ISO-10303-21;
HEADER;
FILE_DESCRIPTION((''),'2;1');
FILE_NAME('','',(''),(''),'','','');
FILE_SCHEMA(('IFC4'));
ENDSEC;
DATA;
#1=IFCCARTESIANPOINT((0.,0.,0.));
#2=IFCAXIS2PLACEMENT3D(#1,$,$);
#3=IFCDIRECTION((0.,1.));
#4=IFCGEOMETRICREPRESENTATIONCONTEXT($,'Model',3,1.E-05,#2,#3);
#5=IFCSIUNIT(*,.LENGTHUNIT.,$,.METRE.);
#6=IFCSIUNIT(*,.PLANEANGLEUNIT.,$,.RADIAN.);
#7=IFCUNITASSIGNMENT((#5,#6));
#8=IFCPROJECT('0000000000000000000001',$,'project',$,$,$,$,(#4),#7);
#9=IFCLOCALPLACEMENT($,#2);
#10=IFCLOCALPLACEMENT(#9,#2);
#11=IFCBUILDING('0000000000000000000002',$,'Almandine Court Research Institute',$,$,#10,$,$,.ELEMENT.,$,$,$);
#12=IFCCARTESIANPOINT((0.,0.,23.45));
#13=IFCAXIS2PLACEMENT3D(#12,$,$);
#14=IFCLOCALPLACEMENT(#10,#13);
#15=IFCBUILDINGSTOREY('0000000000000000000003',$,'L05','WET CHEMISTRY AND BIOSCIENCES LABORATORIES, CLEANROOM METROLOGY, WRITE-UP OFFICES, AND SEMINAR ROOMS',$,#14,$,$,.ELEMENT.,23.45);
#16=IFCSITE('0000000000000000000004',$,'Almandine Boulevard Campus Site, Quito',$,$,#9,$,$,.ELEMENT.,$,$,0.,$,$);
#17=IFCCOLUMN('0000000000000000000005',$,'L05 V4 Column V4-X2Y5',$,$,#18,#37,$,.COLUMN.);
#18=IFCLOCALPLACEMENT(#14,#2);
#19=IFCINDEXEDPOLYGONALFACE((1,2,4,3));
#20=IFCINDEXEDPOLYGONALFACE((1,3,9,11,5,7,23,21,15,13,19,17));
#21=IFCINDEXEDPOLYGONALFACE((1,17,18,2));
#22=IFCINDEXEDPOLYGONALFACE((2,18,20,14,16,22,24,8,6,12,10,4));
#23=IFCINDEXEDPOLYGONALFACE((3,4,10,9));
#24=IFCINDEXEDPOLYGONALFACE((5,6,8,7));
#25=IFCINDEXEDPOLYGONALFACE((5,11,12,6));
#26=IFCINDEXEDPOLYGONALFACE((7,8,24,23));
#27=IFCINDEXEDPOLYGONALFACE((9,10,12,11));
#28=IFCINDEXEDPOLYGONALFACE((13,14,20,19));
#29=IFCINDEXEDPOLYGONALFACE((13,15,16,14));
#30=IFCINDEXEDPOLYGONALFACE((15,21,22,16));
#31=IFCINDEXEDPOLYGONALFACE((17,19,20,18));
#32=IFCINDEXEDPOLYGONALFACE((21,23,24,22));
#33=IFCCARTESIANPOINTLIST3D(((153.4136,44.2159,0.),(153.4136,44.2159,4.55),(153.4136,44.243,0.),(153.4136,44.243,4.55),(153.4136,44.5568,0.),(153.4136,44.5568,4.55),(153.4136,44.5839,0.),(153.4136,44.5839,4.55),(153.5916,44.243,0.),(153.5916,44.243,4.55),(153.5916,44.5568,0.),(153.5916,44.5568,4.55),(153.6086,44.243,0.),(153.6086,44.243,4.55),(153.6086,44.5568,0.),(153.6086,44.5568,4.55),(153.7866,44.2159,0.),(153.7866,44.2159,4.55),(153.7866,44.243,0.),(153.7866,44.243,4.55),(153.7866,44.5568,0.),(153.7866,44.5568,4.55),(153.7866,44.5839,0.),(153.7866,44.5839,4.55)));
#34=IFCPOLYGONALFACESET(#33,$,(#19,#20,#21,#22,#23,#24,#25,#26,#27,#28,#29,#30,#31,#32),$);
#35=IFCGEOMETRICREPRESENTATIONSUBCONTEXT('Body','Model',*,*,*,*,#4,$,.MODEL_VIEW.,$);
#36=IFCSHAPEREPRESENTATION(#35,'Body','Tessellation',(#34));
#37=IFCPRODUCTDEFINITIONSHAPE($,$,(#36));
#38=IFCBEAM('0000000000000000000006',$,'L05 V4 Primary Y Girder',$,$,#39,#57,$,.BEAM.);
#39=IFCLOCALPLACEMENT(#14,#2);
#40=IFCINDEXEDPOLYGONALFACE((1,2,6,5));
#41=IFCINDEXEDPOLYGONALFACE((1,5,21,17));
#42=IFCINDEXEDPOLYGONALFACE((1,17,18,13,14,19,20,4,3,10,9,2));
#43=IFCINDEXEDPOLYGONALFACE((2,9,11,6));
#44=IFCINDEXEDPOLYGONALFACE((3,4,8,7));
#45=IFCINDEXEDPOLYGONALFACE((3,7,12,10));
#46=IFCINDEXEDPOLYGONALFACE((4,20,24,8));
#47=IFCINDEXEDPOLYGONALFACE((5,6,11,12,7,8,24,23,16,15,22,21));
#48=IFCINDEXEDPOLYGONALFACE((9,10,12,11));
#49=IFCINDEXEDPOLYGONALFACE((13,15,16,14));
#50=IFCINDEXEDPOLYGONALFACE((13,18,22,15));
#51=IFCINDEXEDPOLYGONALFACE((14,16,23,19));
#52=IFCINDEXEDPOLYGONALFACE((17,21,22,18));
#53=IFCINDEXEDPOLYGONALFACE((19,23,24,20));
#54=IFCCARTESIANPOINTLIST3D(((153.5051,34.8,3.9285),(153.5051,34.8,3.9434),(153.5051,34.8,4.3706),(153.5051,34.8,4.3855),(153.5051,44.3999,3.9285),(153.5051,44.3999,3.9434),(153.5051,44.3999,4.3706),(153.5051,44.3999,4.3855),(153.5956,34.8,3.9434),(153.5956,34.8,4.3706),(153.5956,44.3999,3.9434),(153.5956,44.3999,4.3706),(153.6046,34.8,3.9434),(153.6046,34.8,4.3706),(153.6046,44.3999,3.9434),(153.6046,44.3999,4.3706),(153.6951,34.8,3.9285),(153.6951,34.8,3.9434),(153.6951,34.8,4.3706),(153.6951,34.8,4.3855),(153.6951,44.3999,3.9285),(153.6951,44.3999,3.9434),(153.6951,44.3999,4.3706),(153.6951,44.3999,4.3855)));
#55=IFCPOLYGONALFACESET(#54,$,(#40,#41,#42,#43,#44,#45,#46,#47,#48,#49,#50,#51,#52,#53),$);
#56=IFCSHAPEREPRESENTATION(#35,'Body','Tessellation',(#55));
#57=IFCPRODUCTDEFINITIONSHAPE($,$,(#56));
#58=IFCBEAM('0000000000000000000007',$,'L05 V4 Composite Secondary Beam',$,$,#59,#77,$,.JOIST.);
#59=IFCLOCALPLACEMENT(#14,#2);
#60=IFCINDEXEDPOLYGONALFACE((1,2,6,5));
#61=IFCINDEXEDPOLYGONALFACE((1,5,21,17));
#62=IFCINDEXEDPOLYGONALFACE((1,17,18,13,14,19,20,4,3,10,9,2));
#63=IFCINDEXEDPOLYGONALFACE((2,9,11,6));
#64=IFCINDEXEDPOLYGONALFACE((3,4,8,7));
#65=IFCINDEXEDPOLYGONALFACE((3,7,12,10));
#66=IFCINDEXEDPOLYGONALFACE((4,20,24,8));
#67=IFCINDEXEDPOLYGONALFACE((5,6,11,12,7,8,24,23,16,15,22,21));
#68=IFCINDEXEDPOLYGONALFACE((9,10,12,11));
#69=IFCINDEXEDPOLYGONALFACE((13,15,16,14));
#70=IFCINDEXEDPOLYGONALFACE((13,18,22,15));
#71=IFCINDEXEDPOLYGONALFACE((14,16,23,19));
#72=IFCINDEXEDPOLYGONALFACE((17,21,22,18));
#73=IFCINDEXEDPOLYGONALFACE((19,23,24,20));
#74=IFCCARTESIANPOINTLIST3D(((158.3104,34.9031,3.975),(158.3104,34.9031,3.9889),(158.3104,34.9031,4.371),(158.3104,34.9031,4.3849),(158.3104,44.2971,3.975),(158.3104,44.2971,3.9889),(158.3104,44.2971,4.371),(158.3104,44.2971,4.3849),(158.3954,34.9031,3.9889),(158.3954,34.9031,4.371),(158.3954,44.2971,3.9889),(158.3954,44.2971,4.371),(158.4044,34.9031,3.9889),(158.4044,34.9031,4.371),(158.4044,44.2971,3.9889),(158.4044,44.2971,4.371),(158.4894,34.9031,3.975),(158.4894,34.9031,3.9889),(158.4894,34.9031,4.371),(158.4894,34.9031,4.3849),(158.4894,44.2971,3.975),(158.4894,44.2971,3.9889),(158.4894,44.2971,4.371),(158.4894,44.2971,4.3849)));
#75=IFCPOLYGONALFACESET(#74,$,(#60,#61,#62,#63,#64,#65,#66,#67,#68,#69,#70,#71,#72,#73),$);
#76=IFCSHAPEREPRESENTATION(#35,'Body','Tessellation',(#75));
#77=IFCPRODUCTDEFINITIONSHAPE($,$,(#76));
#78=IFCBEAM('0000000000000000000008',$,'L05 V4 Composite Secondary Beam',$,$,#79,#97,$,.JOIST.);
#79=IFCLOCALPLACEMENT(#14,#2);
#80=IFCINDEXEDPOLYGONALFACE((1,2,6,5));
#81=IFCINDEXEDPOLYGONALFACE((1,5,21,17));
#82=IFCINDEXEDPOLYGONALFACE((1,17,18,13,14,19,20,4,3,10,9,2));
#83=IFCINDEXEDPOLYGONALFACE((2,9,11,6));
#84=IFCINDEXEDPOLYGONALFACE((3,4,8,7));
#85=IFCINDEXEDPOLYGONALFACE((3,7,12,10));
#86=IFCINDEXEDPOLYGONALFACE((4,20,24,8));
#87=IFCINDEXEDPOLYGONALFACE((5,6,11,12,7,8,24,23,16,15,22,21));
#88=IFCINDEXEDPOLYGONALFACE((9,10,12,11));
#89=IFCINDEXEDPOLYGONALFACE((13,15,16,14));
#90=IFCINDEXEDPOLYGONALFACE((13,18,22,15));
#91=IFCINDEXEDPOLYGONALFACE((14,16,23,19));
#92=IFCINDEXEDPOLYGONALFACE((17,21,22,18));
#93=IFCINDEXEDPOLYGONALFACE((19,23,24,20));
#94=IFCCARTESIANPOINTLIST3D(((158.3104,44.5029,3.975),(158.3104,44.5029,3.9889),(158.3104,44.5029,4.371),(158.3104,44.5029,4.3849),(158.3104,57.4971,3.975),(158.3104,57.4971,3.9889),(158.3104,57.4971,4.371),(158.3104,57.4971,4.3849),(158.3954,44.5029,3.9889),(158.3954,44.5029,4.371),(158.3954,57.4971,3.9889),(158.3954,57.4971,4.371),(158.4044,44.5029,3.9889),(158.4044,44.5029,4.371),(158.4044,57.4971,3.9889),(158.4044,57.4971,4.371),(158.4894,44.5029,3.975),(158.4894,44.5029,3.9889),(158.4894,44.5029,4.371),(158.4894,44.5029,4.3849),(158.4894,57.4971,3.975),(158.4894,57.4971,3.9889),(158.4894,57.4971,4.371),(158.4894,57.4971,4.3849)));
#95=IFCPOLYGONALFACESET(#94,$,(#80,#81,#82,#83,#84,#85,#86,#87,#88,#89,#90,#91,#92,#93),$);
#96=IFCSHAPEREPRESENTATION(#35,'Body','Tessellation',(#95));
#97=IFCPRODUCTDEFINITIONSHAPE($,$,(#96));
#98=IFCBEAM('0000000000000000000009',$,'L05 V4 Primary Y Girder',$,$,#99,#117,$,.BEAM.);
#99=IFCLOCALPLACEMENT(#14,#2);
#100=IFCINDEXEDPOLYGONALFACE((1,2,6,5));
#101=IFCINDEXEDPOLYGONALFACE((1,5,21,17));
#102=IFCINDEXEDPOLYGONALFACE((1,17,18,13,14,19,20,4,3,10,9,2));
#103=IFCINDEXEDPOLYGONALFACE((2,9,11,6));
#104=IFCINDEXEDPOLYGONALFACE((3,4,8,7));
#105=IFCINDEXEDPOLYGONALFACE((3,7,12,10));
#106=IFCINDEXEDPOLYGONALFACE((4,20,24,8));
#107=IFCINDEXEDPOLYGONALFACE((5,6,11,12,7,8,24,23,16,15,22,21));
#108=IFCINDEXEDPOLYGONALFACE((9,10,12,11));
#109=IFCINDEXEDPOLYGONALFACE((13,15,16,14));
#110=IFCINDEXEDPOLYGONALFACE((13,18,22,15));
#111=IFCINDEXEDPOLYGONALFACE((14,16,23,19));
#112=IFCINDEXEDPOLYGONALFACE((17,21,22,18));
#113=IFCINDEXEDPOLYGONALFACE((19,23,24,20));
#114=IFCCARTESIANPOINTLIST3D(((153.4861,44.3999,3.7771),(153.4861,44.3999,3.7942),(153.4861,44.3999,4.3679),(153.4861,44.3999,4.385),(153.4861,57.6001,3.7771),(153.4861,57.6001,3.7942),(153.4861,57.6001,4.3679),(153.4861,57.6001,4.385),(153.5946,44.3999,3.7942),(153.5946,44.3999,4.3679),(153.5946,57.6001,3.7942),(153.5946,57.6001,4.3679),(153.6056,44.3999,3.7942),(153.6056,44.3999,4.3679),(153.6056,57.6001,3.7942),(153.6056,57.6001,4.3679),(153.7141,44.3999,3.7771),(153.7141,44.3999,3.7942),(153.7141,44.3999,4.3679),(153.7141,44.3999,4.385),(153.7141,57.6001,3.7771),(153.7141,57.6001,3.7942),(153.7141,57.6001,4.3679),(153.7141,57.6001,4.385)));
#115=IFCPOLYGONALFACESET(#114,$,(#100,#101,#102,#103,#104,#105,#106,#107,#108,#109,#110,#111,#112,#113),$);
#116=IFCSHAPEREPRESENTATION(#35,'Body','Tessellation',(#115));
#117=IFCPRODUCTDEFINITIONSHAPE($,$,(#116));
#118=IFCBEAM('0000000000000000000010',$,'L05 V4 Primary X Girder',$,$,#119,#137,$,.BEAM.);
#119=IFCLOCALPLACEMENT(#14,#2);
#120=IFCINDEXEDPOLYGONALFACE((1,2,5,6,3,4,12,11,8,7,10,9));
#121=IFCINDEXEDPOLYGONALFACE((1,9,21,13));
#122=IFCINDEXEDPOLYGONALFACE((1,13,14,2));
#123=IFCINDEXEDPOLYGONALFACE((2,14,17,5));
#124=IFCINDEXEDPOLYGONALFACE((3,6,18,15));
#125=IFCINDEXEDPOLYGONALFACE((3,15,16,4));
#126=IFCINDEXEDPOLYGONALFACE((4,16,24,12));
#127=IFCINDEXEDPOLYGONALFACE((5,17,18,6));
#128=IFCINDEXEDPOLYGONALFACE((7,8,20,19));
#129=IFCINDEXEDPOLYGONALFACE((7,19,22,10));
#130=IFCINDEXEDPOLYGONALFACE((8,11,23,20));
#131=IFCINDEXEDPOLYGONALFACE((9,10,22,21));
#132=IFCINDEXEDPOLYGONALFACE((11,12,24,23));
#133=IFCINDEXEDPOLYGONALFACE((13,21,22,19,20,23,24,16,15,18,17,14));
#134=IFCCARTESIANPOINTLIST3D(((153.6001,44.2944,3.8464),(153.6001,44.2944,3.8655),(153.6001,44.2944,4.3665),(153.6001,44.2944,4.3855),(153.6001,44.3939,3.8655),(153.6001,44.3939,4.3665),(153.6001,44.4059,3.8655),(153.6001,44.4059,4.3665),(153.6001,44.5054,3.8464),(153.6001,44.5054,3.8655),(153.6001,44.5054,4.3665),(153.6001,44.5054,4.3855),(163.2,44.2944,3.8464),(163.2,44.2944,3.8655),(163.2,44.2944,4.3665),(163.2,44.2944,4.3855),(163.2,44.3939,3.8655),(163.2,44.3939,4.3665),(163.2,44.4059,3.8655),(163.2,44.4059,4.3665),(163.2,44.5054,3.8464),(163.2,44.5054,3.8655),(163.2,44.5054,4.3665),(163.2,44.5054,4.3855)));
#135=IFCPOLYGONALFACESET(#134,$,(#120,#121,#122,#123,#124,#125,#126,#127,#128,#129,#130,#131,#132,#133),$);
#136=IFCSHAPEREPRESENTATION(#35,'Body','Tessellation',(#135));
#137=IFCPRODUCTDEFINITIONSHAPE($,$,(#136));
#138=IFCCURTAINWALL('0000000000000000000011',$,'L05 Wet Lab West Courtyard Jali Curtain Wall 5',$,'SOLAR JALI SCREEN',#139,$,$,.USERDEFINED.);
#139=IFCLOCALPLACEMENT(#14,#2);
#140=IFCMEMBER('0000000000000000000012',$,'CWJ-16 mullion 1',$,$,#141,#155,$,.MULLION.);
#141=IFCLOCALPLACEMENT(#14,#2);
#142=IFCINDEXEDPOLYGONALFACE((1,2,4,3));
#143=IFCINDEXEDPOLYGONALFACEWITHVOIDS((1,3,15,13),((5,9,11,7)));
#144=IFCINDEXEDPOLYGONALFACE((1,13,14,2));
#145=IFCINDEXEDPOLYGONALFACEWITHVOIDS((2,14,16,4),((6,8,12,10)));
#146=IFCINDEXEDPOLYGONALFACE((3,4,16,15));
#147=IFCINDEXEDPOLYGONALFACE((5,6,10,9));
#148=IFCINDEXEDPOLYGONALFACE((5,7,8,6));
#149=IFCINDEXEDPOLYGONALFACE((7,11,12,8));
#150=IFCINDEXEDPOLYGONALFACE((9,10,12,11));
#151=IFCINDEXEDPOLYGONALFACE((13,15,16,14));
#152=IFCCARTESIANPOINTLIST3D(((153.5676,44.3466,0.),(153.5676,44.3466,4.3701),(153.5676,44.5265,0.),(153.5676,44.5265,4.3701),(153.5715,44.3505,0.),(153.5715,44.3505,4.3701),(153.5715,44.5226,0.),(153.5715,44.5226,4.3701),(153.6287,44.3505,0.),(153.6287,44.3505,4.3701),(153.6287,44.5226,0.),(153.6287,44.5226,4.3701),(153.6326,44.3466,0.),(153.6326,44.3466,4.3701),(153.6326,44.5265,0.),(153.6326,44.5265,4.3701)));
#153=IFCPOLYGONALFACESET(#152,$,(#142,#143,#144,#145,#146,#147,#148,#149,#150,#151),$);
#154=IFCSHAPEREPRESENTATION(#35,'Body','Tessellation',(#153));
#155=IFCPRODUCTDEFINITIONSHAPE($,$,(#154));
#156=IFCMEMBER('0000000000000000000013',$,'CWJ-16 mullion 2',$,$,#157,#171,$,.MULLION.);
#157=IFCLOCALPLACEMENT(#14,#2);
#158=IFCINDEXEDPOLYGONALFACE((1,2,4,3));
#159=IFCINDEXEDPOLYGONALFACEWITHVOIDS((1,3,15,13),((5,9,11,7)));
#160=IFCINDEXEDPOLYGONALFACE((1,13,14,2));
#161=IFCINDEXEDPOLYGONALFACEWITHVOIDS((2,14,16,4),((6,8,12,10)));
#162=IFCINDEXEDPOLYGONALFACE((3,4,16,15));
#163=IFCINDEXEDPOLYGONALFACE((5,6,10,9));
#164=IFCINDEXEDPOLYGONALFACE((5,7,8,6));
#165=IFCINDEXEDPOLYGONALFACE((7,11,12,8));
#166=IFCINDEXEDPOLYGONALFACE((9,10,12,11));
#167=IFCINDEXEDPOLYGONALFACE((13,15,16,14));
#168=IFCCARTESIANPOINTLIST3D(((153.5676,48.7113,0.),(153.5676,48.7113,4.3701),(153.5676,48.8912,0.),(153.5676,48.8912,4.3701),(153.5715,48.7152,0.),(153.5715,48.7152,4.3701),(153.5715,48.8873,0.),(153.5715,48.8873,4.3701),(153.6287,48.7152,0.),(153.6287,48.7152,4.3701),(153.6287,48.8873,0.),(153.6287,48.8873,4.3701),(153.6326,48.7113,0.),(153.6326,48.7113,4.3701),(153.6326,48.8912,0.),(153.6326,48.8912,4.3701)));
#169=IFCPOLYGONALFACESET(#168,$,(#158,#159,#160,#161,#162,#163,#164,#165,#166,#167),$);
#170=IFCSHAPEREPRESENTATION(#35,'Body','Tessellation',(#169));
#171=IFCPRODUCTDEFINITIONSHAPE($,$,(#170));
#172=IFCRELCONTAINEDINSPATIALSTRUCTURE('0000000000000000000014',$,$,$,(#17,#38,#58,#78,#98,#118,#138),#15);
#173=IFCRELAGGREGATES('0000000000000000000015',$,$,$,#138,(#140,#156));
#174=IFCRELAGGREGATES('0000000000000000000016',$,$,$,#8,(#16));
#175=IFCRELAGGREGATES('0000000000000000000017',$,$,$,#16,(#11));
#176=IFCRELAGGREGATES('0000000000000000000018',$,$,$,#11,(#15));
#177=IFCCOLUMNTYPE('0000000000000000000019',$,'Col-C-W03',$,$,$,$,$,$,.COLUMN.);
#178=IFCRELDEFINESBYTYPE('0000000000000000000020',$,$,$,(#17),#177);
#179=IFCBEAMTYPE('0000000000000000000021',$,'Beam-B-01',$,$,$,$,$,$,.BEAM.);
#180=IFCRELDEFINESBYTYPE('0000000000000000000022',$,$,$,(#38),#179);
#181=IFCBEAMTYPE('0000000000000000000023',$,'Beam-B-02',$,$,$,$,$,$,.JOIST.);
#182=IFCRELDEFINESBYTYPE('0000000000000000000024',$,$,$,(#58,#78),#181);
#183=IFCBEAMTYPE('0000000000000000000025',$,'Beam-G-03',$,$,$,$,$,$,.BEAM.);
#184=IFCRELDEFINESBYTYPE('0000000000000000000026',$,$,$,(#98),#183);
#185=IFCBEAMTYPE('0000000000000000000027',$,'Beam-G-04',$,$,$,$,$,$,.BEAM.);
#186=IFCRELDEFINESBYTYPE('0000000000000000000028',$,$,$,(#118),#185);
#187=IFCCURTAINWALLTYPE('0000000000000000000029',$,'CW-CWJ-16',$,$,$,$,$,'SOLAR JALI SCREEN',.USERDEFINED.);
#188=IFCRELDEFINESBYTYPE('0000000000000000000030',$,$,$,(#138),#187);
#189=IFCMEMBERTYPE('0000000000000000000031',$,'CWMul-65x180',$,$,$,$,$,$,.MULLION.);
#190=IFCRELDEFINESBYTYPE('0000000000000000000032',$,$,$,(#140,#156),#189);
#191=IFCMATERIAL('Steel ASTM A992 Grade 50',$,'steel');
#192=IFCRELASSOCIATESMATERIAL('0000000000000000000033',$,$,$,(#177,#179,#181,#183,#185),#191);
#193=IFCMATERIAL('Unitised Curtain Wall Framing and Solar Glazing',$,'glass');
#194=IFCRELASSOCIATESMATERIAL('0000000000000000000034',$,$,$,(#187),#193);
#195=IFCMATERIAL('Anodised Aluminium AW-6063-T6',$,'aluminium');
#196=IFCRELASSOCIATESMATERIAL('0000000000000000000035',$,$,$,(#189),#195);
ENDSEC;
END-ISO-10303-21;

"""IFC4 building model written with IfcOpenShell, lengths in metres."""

from ifc_helpers import new_model, si_unit, direction, frame, origin, origin_2d, place, context, subcontext, project, spatial, hollow_rectangle, i_section, extrude, material, material_profile, profile_set, type_object, element, aggregate, save


model = new_model("IFC4")

# Units and contexts
model_context = context("Model", 3, precision=1e-05, world=origin(), true_north=direction((0.0, 1.0)))
body_context = subcontext(model_context, "Body", "Model", "MODEL_VIEW")
ifc_project = project(units=[si_unit("LENGTHUNIT", "METRE"), si_unit("PLANEANGLEUNIT", "RADIAN")], contexts=[model_context])

# Site, building, storey
site_placement = place(None, origin())
site = spatial("IfcSite", under=ifc_project, at=site_placement, Name="Almandine Boulevard Campus Site, Quito", CompositionType="ELEMENT", RefElevation=0.0)
building_placement = place(site_placement, origin())
building = spatial("IfcBuilding", under=site, at=building_placement, Name="Almandine Court Research Institute", CompositionType="ELEMENT")
storey_placement = place(building_placement, frame((0.0, 0.0, 23.45)))
storey = spatial("IfcBuildingStorey", under=building, at=storey_placement, Name="L05", Description="WET CHEMISTRY AND BIOSCIENCES LABORATORIES, CLEANROOM METROLOGY, WRITE-UP OFFICES, AND SEMINAR ROOMS", CompositionType="ELEMENT", Elevation=23.45)

# Column
ifc_material_1 = material(Name="Steel ASTM A992 Grade 50", Category="steel")
ifc_material_profile_1 = material_profile(ifc_material_1, i_section(OverallWidth=0.373, OverallDepth=0.3679, WebThickness=0.0171, FlangeThickness=0.0271, at=origin_2d()), Name="W360x179")
ifc_profile_set_1 = profile_set([ifc_material_profile_1], Name="Steel ASTM A992 Grade 50")
column_type = type_object("IfcColumnType", Name="Col-C-W03", PredefinedType="COLUMN", material=ifc_profile_set_1)
column_placement = place(storey_placement, frame((153.6001, 44.3999, 0.0), z_axis=(0.0, 0.0, 1.0), x_axis=(1.0, 0.0, 0.0)))
element("IfcColumn", 1, at=column_placement, inside=storey, type_object=column_type, Name="L05 V4 Column V4-X2Y5", PredefinedType="COLUMN", context=body_context, shape_type="SweptSolid", body=[
    extrude(i_section(OverallWidth=0.373, OverallDepth=0.3679, WebThickness=0.0171, FlangeThickness=0.0271, at=origin_2d()), origin(), (0.0, 0.0, 1.0), 4.55),
])

# Beams
ifc_material_profile_2 = material_profile(ifc_material_1, i_section(OverallWidth=0.1899, OverallDepth=0.457, WebThickness=0.009, FlangeThickness=0.0149, at=origin_2d()), Name="W460x74")
ifc_profile_set_2 = profile_set([ifc_material_profile_2], Name="Steel ASTM A992 Grade 50")
beam_type_1 = type_object("IfcBeamType", Name="Beam-B-01", PredefinedType="BEAM", material=ifc_profile_set_2)
beam_1_placement = place(storey_placement, frame((153.6001, 34.8, 4.157), z_axis=(0.0, 1.0, 0.0), x_axis=(-1.0, 0.0, 0.0)))
element("IfcBeam", 2, at=beam_1_placement, inside=storey, type_object=beam_type_1, Name="L05 V4 Primary Y Girder", PredefinedType="BEAM", context=body_context, shape_type="SweptSolid", body=[
    extrude(i_section(OverallWidth=0.1899, OverallDepth=0.457, WebThickness=0.009, FlangeThickness=0.0149, at=origin_2d()), origin(), (0.0, 0.0, 1.0), 9.5999),
])
ifc_material_profile_3 = material_profile(ifc_material_1, i_section(OverallWidth=0.179, OverallDepth=0.4099, WebThickness=0.009, FlangeThickness=0.0139, at=origin_2d()), Name="W410x67")
ifc_profile_set_3 = profile_set([ifc_material_profile_3], Name="Steel ASTM A992 Grade 50")
beam_type_2 = type_object("IfcBeamType", Name="Beam-B-02", PredefinedType="JOIST", material=ifc_profile_set_3)
beam_2_placement = place(storey_placement, frame((158.3999, 34.9031, 4.1799), z_axis=(0.0, 1.0, 0.0), x_axis=(-1.0, 0.0, 0.0)))
element("IfcBeam", 3, at=beam_2_placement, inside=storey, type_object=beam_type_2, Name="L05 V4 Composite Secondary Beam", PredefinedType="JOIST", context=body_context, shape_type="SweptSolid", body=[
    extrude(i_section(OverallWidth=0.179, OverallDepth=0.4099, WebThickness=0.009, FlangeThickness=0.0139, at=origin_2d()), origin(), (0.0, 0.0, 1.0), 9.394),
])
beam_3_placement = place(storey_placement, frame((158.3999, 44.5029, 4.1799), z_axis=(0.0, 1.0, 0.0), x_axis=(-1.0, 0.0, 0.0)))
element("IfcBeam", 4, at=beam_3_placement, inside=storey, type_object=beam_type_2, Name="L05 V4 Composite Secondary Beam", PredefinedType="JOIST", context=body_context, shape_type="SweptSolid", body=[
    extrude(i_section(OverallWidth=0.179, OverallDepth=0.4099, WebThickness=0.009, FlangeThickness=0.0139, at=origin_2d()), origin(), (0.0, 0.0, 1.0), 12.9941),
])
ifc_material_profile_4 = material_profile(ifc_material_1, i_section(OverallWidth=0.228, OverallDepth=0.6079, WebThickness=0.011, FlangeThickness=0.0171, at=origin_2d()), Name="W610x113")
ifc_profile_set_4 = profile_set([ifc_material_profile_4], Name="Steel ASTM A992 Grade 50")
beam_type_3 = type_object("IfcBeamType", Name="Beam-G-03", PredefinedType="BEAM", material=ifc_profile_set_4)
beam_4_placement = place(storey_placement, frame((153.6001, 44.3999, 4.0811), z_axis=(0.0, 1.0, 0.0), x_axis=(-1.0, 0.0, 0.0)))
element("IfcBeam", 5, at=beam_4_placement, inside=storey, type_object=beam_type_3, Name="L05 V4 Primary Y Girder", PredefinedType="BEAM", context=body_context, shape_type="SweptSolid", body=[
    extrude(i_section(OverallWidth=0.228, OverallDepth=0.6079, WebThickness=0.011, FlangeThickness=0.0171, at=origin_2d()), origin(), (0.0, 0.0, 1.0), 13.2002),
])
ifc_material_profile_5 = material_profile(ifc_material_1, i_section(OverallWidth=0.2109, OverallDepth=0.5391, WebThickness=0.012, FlangeThickness=0.019, at=origin_2d()), Name="W530x109")
ifc_profile_set_5 = profile_set([ifc_material_profile_5], Name="Steel ASTM A992 Grade 50")
beam_type_4 = type_object("IfcBeamType", Name="Beam-G-04", PredefinedType="BEAM", material=ifc_profile_set_5)
beam_5_placement = place(storey_placement, frame((153.6001, 44.3999, 4.116), z_axis=(1.0, 0.0, 0.0), x_axis=(0.0, 1.0, 0.0)))
element("IfcBeam", 6, at=beam_5_placement, inside=storey, type_object=beam_type_4, Name="L05 V4 Primary X Girder", PredefinedType="BEAM", context=body_context, shape_type="SweptSolid", body=[
    extrude(i_section(OverallWidth=0.2109, OverallDepth=0.5391, WebThickness=0.012, FlangeThickness=0.019, at=origin_2d()), origin(), (0.0, 0.0, 1.0), 9.5999),
])

# Curtain wall, members
ifc_material_2 = material(Name="Unitised Curtain Wall Framing and Solar Glazing", Category="glass")
curtain_wall_type = type_object("IfcCurtainWallType", Name="CW-CWJ-16", ElementType="SOLAR JALI SCREEN", PredefinedType="USERDEFINED", material=ifc_material_2)
curtain_wall_placement = place(storey_placement, origin())
curtain_wall = element("IfcCurtainWall", 7, at=curtain_wall_placement, inside=storey, type_object=curtain_wall_type, Name="L05 Wet Lab West Courtyard Jali Curtain Wall 5", ObjectType="SOLAR JALI SCREEN", PredefinedType="USERDEFINED")
ifc_material_3 = material(Name="Anodised Aluminium AW-6063-T6", Category="aluminium")
ifc_material_profile_6 = material_profile(ifc_material_3, hollow_rectangle(XDim=0.0649, YDim=0.1799, WallThickness=0.0039, at=origin_2d()), Name="ALU RHS 65x180x4")
ifc_profile_set_6 = profile_set([ifc_material_profile_6], Name="Anodised Aluminium AW-6063-T6")
member_type_1 = type_object("IfcMemberType", Name="CWMul-65x180", PredefinedType="MULLION", material=ifc_profile_set_6)
member_1_placement = place(storey_placement, frame((153.6001, 44.4365, 0.0), z_axis=(0.0, 0.0, 1.0), x_axis=(-1.0, 0.0, 0.0)))
member_1 = element("IfcMember", 8, at=member_1_placement, type_object=member_type_1, Name="CWJ-16 mullion 1", PredefinedType="MULLION", context=body_context, shape_type="SweptSolid", body=[
    extrude(hollow_rectangle(XDim=0.0649, YDim=0.1799, WallThickness=0.0039, at=origin_2d()), origin(), (0.0, 0.0, 1.0), 4.3701),
])
member_2_placement = place(storey_placement, frame((153.6001, 48.8013, 0.0), z_axis=(0.0, 0.0, 1.0), x_axis=(-1.0, 0.0, 0.0)))
member_2 = element("IfcMember", 9, at=member_2_placement, type_object=member_type_1, Name="CWJ-16 mullion 2", PredefinedType="MULLION", context=body_context, shape_type="SweptSolid", body=[
    extrude(hollow_rectangle(XDim=0.0649, YDim=0.1799, WallThickness=0.0039, at=origin_2d()), origin(), (0.0, 0.0, 1.0), 4.3701),
])
aggregate(curtain_wall, [member_1, member_2])

save(model, "model.ifc")
